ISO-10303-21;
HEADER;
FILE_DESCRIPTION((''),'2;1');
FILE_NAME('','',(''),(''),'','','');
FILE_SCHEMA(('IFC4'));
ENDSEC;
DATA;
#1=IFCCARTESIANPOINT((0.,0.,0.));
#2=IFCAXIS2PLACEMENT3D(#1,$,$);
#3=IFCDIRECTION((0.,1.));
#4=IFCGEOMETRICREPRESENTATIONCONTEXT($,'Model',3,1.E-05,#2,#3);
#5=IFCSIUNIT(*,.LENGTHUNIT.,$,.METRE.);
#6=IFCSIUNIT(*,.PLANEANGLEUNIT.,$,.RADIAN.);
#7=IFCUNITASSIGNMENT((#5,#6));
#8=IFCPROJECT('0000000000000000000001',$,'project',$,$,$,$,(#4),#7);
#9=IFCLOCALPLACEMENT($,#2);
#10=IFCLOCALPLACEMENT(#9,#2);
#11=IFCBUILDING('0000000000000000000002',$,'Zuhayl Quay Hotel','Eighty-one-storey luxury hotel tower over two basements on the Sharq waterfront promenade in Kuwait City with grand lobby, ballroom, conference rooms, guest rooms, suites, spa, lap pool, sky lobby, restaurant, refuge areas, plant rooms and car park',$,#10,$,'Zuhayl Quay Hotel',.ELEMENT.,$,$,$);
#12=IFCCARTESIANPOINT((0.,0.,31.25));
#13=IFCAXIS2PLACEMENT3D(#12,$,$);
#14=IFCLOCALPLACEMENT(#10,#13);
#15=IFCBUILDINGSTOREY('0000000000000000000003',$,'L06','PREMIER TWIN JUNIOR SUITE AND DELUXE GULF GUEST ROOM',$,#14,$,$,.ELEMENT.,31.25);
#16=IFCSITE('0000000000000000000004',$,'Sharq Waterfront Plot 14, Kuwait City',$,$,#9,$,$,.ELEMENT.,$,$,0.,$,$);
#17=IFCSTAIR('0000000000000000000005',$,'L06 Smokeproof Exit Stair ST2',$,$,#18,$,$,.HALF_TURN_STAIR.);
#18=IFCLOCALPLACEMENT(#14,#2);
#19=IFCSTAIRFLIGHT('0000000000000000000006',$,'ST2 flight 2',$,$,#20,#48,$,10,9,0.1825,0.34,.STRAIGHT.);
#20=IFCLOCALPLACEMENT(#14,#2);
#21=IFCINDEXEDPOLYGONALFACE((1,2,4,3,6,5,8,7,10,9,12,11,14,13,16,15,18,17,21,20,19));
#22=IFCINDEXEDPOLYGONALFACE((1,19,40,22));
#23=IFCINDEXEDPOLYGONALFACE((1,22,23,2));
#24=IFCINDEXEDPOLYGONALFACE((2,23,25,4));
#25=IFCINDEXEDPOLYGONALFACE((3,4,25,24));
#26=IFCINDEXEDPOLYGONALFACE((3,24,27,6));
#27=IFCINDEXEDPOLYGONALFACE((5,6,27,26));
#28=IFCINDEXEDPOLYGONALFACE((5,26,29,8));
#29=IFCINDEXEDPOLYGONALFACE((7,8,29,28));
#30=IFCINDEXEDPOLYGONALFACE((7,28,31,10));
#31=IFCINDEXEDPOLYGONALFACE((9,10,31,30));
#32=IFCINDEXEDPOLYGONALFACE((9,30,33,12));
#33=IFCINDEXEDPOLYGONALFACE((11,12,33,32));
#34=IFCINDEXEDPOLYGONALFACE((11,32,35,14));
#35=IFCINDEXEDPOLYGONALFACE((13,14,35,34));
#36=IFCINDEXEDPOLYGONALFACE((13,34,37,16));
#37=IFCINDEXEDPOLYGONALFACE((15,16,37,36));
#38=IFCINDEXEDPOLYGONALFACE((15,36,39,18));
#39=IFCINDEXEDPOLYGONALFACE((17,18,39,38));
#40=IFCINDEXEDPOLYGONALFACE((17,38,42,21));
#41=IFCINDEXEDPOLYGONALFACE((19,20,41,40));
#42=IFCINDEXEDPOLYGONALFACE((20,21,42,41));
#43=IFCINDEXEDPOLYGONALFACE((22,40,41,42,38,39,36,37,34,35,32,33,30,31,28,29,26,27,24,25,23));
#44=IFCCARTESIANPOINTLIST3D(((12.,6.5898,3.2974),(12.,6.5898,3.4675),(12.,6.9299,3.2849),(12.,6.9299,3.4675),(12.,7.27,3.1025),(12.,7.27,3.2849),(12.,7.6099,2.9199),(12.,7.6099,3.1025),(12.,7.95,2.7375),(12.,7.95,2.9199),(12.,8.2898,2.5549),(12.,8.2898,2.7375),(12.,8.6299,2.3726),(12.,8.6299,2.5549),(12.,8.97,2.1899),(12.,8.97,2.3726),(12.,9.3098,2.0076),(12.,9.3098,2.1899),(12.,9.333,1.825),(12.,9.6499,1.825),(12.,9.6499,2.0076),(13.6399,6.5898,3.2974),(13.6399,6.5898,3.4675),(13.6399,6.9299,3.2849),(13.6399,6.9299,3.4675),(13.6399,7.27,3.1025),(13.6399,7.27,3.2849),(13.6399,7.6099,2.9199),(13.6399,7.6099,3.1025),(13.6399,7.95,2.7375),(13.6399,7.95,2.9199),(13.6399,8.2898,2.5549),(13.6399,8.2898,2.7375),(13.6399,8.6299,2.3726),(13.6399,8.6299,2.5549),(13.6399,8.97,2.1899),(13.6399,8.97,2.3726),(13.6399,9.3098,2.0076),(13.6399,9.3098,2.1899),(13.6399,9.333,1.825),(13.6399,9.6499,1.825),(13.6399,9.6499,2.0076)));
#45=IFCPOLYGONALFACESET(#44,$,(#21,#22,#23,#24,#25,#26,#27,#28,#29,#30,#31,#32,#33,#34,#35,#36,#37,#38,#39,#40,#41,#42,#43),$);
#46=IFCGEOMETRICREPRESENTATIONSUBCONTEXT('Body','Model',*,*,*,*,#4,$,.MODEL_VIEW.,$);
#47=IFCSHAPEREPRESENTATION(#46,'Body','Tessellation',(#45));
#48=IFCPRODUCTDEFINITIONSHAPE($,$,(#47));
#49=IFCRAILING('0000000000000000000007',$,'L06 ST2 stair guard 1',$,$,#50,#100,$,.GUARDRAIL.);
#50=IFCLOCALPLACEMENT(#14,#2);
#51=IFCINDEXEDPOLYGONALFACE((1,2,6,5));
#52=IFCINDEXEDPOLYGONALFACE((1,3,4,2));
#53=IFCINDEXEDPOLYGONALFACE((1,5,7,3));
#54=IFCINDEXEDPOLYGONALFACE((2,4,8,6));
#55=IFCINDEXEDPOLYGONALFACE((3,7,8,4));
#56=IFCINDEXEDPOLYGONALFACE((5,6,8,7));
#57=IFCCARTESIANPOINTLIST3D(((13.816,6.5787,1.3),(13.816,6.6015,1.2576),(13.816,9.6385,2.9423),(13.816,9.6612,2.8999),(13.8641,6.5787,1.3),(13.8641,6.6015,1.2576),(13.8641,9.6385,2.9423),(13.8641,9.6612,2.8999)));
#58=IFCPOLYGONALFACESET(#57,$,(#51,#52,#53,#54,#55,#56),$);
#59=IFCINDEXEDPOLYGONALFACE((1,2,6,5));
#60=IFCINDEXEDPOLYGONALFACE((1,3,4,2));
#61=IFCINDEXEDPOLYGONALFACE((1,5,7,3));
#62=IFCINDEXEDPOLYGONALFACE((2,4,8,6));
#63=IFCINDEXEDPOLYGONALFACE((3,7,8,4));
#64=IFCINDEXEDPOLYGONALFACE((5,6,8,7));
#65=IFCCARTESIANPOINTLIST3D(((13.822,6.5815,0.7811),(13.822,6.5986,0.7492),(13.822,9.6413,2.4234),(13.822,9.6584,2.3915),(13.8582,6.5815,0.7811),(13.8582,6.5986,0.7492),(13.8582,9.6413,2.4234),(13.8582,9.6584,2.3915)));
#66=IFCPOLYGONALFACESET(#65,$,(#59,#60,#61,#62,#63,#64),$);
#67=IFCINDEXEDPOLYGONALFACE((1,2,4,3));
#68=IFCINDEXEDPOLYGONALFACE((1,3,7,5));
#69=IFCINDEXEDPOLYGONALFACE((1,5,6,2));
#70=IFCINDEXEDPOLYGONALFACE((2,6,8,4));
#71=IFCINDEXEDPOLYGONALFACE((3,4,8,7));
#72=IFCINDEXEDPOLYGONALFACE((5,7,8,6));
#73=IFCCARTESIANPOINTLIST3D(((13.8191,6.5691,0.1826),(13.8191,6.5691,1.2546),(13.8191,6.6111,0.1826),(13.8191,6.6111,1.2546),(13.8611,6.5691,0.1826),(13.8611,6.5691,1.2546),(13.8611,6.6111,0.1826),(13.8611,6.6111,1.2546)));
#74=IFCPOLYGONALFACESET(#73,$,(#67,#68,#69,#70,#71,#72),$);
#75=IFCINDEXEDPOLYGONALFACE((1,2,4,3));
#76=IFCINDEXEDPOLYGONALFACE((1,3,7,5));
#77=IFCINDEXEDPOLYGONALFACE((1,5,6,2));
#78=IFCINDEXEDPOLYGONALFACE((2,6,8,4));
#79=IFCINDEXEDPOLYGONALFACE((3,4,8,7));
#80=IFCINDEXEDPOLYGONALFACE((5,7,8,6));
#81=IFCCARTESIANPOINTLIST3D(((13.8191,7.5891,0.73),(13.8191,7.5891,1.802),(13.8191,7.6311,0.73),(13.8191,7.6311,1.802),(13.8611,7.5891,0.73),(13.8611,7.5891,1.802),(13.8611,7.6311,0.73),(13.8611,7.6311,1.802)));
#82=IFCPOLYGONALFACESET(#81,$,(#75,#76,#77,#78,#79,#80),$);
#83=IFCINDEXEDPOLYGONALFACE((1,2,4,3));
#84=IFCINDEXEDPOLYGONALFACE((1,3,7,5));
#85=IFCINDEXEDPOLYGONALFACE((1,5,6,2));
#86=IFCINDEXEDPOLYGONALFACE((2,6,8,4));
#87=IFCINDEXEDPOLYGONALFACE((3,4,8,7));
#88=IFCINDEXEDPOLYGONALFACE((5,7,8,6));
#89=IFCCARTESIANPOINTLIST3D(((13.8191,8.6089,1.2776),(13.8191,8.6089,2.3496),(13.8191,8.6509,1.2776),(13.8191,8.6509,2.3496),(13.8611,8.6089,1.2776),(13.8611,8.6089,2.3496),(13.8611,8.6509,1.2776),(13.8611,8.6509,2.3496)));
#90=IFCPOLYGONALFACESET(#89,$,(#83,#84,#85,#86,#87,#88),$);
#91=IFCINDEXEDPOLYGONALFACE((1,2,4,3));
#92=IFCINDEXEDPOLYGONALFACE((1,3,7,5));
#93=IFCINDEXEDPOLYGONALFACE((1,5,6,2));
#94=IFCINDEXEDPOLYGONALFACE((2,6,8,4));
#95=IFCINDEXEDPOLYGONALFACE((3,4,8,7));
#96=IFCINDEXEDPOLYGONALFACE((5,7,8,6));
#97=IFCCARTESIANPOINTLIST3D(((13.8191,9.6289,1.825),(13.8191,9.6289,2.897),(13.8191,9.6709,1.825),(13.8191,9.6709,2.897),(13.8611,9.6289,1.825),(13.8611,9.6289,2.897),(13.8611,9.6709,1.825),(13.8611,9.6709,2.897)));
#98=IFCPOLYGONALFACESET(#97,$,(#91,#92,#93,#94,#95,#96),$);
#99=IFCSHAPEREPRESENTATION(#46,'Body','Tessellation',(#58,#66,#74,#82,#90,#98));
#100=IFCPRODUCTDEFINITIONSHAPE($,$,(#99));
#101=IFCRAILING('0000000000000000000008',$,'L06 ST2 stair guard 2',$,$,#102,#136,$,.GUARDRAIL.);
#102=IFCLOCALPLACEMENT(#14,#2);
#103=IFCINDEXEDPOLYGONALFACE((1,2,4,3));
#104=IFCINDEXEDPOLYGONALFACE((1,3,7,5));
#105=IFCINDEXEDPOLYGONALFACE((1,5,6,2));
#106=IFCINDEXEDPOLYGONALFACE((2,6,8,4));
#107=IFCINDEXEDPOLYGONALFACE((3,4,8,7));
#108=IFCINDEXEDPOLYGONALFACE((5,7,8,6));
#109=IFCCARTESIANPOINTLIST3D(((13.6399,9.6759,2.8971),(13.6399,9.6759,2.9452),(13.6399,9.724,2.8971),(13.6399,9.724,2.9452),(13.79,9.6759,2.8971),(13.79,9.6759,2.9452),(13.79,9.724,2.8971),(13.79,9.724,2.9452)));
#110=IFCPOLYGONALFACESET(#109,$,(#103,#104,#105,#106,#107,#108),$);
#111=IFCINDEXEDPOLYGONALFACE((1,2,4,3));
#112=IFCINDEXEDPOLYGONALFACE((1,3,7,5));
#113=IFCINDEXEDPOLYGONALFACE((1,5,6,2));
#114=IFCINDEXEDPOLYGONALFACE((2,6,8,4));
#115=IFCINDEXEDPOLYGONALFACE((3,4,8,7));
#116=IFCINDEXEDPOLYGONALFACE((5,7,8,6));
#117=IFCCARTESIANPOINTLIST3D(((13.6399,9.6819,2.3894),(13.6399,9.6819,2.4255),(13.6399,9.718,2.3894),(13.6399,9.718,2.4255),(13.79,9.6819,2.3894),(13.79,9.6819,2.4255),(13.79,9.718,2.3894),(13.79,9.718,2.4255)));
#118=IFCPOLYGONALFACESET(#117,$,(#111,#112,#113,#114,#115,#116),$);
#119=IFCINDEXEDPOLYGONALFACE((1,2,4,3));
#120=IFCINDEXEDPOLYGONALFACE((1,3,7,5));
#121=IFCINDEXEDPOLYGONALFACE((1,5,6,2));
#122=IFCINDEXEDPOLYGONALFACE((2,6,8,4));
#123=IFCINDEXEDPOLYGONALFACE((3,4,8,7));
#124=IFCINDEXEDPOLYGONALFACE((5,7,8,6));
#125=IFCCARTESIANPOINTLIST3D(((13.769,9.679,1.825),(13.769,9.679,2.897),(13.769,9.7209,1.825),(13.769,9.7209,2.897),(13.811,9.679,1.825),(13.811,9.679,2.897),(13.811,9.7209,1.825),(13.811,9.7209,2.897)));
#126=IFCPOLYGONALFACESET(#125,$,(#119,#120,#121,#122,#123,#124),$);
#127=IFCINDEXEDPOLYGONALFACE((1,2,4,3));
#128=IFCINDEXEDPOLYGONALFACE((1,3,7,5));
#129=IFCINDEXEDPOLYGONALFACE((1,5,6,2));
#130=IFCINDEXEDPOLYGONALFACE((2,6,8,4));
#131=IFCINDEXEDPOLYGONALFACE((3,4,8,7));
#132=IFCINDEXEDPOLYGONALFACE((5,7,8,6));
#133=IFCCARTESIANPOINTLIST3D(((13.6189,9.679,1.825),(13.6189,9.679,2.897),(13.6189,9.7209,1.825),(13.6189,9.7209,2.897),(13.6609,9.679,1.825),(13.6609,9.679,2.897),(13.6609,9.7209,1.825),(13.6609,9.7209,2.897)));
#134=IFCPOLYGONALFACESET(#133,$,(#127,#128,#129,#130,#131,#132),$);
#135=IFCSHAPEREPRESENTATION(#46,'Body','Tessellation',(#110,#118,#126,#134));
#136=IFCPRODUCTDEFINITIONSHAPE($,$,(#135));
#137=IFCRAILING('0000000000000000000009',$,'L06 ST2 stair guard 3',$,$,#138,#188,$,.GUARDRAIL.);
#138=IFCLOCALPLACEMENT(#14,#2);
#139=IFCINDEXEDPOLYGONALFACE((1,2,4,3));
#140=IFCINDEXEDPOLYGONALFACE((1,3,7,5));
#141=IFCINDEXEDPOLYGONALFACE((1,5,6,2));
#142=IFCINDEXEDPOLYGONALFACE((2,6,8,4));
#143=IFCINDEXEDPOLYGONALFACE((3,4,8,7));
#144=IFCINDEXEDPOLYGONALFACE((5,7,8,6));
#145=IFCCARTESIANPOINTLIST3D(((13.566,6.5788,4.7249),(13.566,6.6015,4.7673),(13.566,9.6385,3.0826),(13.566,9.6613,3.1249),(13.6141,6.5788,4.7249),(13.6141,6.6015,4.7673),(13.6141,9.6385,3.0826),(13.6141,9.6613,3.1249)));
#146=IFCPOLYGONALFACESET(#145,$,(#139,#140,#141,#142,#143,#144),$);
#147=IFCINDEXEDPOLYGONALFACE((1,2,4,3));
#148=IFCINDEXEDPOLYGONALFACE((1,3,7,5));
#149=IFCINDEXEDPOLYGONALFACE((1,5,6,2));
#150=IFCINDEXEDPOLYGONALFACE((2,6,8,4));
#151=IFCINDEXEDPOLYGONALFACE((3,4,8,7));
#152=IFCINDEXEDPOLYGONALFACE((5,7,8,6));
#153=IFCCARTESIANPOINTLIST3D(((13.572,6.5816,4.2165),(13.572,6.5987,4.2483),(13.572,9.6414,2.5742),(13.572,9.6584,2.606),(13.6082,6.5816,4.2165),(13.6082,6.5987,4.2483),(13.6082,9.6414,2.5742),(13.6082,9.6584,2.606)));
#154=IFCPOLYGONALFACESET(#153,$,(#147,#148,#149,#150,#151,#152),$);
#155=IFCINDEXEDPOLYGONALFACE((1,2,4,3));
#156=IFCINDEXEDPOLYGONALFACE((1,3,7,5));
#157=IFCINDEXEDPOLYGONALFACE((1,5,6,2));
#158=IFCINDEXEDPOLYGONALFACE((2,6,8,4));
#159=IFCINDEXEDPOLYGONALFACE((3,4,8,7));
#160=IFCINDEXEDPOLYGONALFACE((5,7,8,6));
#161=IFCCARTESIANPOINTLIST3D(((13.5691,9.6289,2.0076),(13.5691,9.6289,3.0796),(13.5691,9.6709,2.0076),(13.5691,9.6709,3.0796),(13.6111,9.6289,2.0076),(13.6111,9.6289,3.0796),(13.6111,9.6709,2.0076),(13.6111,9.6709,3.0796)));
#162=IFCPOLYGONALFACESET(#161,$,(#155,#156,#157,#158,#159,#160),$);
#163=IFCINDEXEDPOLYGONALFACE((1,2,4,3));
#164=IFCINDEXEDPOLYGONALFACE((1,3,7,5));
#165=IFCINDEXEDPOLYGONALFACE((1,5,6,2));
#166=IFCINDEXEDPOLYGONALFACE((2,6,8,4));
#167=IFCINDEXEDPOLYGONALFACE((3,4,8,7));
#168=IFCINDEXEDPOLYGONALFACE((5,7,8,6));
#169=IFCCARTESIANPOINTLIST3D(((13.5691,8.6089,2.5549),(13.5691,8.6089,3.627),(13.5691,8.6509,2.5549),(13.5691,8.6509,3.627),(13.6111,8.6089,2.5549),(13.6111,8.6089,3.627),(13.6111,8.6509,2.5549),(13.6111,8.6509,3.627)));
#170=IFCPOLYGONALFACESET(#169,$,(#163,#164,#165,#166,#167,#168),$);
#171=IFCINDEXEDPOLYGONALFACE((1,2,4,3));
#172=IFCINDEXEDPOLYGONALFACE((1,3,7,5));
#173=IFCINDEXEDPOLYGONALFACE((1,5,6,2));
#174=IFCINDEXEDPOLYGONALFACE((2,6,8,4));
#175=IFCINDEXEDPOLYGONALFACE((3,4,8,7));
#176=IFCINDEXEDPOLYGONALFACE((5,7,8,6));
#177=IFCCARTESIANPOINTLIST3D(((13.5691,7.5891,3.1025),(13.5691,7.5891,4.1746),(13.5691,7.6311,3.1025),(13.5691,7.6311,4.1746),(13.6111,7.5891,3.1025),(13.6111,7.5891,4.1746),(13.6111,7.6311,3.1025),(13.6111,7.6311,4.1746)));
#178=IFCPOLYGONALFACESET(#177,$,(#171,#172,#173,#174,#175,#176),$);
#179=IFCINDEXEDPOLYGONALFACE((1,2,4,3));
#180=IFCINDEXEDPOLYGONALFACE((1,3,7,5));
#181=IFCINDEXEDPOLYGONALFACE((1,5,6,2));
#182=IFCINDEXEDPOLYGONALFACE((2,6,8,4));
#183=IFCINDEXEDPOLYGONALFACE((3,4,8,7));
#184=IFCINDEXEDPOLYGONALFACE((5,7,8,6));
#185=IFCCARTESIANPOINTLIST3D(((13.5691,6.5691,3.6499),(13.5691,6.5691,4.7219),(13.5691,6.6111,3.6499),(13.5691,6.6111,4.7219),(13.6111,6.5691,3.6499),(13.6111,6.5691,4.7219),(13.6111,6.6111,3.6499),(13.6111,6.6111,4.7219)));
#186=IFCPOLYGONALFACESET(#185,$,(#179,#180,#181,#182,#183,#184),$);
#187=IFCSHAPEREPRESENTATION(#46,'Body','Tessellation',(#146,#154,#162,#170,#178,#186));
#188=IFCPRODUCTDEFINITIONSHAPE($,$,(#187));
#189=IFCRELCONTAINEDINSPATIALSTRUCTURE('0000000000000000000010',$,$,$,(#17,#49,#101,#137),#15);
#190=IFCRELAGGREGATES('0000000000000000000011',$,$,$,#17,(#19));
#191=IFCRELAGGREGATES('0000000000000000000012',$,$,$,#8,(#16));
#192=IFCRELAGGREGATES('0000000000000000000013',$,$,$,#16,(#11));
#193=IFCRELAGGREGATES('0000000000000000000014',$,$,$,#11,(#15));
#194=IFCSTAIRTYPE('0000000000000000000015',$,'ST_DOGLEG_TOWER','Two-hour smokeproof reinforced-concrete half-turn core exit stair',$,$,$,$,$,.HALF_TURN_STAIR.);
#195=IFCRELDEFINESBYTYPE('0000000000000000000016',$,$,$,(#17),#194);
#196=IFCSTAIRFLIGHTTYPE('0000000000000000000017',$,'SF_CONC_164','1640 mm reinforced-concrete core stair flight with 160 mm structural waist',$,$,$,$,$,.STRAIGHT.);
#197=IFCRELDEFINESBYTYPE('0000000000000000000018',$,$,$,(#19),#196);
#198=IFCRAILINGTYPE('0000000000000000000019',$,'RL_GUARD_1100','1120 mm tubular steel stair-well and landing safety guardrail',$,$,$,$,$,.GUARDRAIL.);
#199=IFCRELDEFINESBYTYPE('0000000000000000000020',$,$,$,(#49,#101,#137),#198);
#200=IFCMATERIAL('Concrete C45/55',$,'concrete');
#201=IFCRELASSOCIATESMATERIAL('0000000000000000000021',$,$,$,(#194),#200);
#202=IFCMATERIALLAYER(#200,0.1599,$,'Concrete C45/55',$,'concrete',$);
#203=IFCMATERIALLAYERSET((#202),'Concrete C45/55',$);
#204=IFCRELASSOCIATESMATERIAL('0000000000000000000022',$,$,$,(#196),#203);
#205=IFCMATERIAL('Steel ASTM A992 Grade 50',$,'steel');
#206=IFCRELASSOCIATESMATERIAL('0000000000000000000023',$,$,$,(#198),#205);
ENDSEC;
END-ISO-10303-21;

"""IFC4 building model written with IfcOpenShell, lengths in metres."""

from ifc_helpers import new_model, si_unit, direction, frame, origin, origin_2d, place, context, subcontext, project, spatial, polyline, rectangle, outline, extrude, material, layer, layer_set, type_object, element, aggregate, save


model = new_model("IFC4")

# Units and contexts
model_context = context("Model", 3, precision=1e-05, world=origin(), true_north=direction((0.0, 1.0)))
body_context = subcontext(model_context, "Body", "Model", "MODEL_VIEW")
ifc_project = project(units=[si_unit("LENGTHUNIT", "METRE"), si_unit("PLANEANGLEUNIT", "RADIAN")], contexts=[model_context])

# Site, building, storey
site_placement = place(None, origin())
site = spatial("IfcSite", under=ifc_project, at=site_placement, Name="Sharq Waterfront Plot 14, Kuwait City", CompositionType="ELEMENT", RefElevation=0.0)
building_placement = place(site_placement, origin())
building = spatial("IfcBuilding", under=site, at=building_placement, Name="Zuhayl Quay Hotel", Description="Eighty-one-storey luxury hotel tower over two basements on the Sharq waterfront promenade in Kuwait City with grand lobby, ballroom, conference rooms, guest rooms, suites, spa, lap pool, sky lobby, restaurant, refuge areas, plant rooms and car park", LongName="Zuhayl Quay Hotel", CompositionType="ELEMENT")
storey_placement = place(building_placement, frame((0.0, 0.0, 31.25)))
storey = spatial("IfcBuildingStorey", under=building, at=storey_placement, Name="L06", Description="PREMIER TWIN JUNIOR SUITE AND DELUXE GULF GUEST ROOM", CompositionType="ELEMENT", Elevation=31.25)

# Shared definitions
ifc_material_1 = material(Name="Steel ASTM A992 Grade 50", Category="steel")

# Stair, stair flight
ifc_material_2 = material(Name="Concrete C45/55", Category="concrete")
stair_type = type_object("IfcStairType", Name="ST_DOGLEG_TOWER", Description="Two-hour smokeproof reinforced-concrete half-turn core exit stair", PredefinedType="HALF_TURN_STAIR", material=ifc_material_2)
stair_placement = place(storey_placement, origin())
stair = element("IfcStair", 1, at=stair_placement, inside=storey, type_object=stair_type, Name="L06 Smokeproof Exit Stair ST2", PredefinedType="HALF_TURN_STAIR")
ifc_layer_1 = layer(ifc_material_2, 0.1599, Name="Concrete C45/55", Category="concrete")
ifc_layer_set_1 = layer_set([ifc_layer_1], Name="Concrete C45/55")
stair_flight_type = type_object("IfcStairFlightType", Name="SF_CONC_164", Description="1640 mm reinforced-concrete core stair flight with 160 mm structural waist", PredefinedType="STRAIGHT", material=ifc_layer_set_1)
stair_flight_1_placement = place(storey_placement, frame((12.8201, 9.6499, 1.825), z_axis=(0.0, 0.0, 1.0), x_axis=(0.0, -1.0, 0.0)))
stair_flight_1 = element("IfcStairFlight", 2, at=stair_flight_1_placement, type_object=stair_flight_type, Name="ST2 flight 2", NumberOfRisers=10, NumberOfTreads=9, PredefinedType="STRAIGHT", RiserHeight=0.1825, TreadLength=0.34, context=body_context, shape_type="SweptSolid", body=[
    extrude(outline(polyline([(0.0, 0.0), (0.0, 0.1826), (0.3401, 0.1826), (0.3401, 0.365), (0.6799, 0.365), (0.6799, 0.5476), (1.02, 0.5476), (1.02, 0.73), (1.3601, 0.73), (1.3601, 0.9126), (1.7, 0.9126), (1.7, 1.095), (2.04, 1.095), (2.04, 1.2776), (2.3799, 1.2776), (2.3799, 1.46), (2.72, 1.46), (2.72, 1.6426), (3.0601, 1.6426), (3.0601, 1.825), (3.0601, 1.4724), (0.3169, 0.0), (0.0, 0.0)])), frame((0.0, 0.8198, 0.0), z_axis=(0.0, -1.0, 0.0), x_axis=(1.0, 0.0, 0.0)), (0.0, 0.0, 1.0), 1.6399),
])
aggregate(stair, [stair_flight_1])

# Railings
railing_type_1 = type_object("IfcRailingType", Name="RL_GUARD_1100", Description="1120 mm tubular steel stair-well and landing safety guardrail", PredefinedType="GUARDRAIL", material=ifc_material_1)
railing_1_placement = place(storey_placement, frame((13.8401, 6.5901, 0.1826)))
element("IfcRailing", 3, at=railing_1_placement, inside=storey, type_object=railing_type_1, Name="L06 ST2 stair guard 1", PredefinedType="GUARDRAIL", context=body_context, shape_type="SweptSolid", body=[
    extrude(rectangle(XDim=0.0481, YDim=0.0481, at=origin_2d()), frame((0.0, 0.0, 1.0962), z_axis=(0.0, 0.881102, 0.472926), x_axis=(-1.0, 0.0, 0.0)), (0.0, 0.0, 1.0), 3.4727),
    extrude(rectangle(XDim=0.0361, YDim=0.0361, at=origin_2d()), frame((0.0, 0.0, 0.5825), z_axis=(0.0, 0.881102, 0.472926), x_axis=(-1.0, 0.0, 0.0)), (0.0, 0.0, 1.0), 3.4727),
    extrude(rectangle(XDim=0.042, YDim=0.042, at=origin_2d()), origin(), (0.0, 0.0, 1.0), 1.072),
    extrude(rectangle(XDim=0.042, YDim=0.042, at=origin_2d()), frame((0.0, 1.02, 0.5474)), (0.0, 0.0, 1.0), 1.072),
    extrude(rectangle(XDim=0.042, YDim=0.042, at=origin_2d()), frame((0.0, 2.0398, 1.095)), (0.0, 0.0, 1.0), 1.072),
    extrude(rectangle(XDim=0.042, YDim=0.042, at=origin_2d()), frame((0.0, 3.0598, 1.6423)), (0.0, 0.0, 1.0), 1.072),
])
railing_2_placement = place(storey_placement, frame((13.79, 9.7, 1.825)))
element("IfcRailing", 4, at=railing_2_placement, inside=storey, type_object=railing_type_1, Name="L06 ST2 stair guard 2", PredefinedType="GUARDRAIL", context=body_context, shape_type="SweptSolid", body=[
    extrude(rectangle(XDim=0.0481, YDim=0.0481, at=origin_2d()), frame((0.0, 0.0, 1.0962), z_axis=(-1.0, 0.0, 0.0), x_axis=(0.0, -1.0, 0.0)), (0.0, 0.0, 1.0), 0.1501),
    extrude(rectangle(XDim=0.0361, YDim=0.0361, at=origin_2d()), frame((0.0, 0.0, 0.5825), z_axis=(-1.0, 0.0, 0.0), x_axis=(0.0, -1.0, 0.0)), (0.0, 0.0, 1.0), 0.1501),
    extrude(rectangle(XDim=0.042, YDim=0.042, at=origin_2d()), origin(), (0.0, 0.0, 1.0), 1.072),
    extrude(rectangle(XDim=0.042, YDim=0.042, at=origin_2d()), frame((-0.1501, 0.0, 0.0)), (0.0, 0.0, 1.0), 1.072),
])
railing_3_placement = place(storey_placement, frame((13.5901, 9.6499, 2.0076)))
element("IfcRailing", 5, at=railing_3_placement, inside=storey, type_object=railing_type_1, Name="L06 ST2 stair guard 3", PredefinedType="GUARDRAIL", context=body_context, shape_type="SweptSolid", body=[
    extrude(rectangle(XDim=0.0481, YDim=0.0481, at=origin_2d()), frame((0.0, 0.0, 1.0962), z_axis=(0.0, -0.881102, 0.472926), x_axis=(1.0, 0.0, 0.0)), (0.0, 0.0, 1.0), 3.4727),
    extrude(rectangle(XDim=0.0361, YDim=0.0361, at=origin_2d()), frame((0.0, 0.0, 0.5825), z_axis=(0.0, -0.881102, 0.472926), x_axis=(1.0, 0.0, 0.0)), (0.0, 0.0, 1.0), 3.4727),
    extrude(rectangle(XDim=0.042, YDim=0.042, at=origin_2d()), origin(), (0.0, 0.0, 1.0), 1.072),
    extrude(rectangle(XDim=0.042, YDim=0.042, at=origin_2d()), frame((0.0, -1.02, 0.5474)), (0.0, 0.0, 1.0), 1.072),
    extrude(rectangle(XDim=0.042, YDim=0.042, at=origin_2d()), frame((0.0, -2.0398, 1.095)), (0.0, 0.0, 1.0), 1.072),
    extrude(rectangle(XDim=0.042, YDim=0.042, at=origin_2d()), frame((0.0, -3.0598, 1.6423)), (0.0, 0.0, 1.0), 1.072),
])

save(model, "model.ifc")
